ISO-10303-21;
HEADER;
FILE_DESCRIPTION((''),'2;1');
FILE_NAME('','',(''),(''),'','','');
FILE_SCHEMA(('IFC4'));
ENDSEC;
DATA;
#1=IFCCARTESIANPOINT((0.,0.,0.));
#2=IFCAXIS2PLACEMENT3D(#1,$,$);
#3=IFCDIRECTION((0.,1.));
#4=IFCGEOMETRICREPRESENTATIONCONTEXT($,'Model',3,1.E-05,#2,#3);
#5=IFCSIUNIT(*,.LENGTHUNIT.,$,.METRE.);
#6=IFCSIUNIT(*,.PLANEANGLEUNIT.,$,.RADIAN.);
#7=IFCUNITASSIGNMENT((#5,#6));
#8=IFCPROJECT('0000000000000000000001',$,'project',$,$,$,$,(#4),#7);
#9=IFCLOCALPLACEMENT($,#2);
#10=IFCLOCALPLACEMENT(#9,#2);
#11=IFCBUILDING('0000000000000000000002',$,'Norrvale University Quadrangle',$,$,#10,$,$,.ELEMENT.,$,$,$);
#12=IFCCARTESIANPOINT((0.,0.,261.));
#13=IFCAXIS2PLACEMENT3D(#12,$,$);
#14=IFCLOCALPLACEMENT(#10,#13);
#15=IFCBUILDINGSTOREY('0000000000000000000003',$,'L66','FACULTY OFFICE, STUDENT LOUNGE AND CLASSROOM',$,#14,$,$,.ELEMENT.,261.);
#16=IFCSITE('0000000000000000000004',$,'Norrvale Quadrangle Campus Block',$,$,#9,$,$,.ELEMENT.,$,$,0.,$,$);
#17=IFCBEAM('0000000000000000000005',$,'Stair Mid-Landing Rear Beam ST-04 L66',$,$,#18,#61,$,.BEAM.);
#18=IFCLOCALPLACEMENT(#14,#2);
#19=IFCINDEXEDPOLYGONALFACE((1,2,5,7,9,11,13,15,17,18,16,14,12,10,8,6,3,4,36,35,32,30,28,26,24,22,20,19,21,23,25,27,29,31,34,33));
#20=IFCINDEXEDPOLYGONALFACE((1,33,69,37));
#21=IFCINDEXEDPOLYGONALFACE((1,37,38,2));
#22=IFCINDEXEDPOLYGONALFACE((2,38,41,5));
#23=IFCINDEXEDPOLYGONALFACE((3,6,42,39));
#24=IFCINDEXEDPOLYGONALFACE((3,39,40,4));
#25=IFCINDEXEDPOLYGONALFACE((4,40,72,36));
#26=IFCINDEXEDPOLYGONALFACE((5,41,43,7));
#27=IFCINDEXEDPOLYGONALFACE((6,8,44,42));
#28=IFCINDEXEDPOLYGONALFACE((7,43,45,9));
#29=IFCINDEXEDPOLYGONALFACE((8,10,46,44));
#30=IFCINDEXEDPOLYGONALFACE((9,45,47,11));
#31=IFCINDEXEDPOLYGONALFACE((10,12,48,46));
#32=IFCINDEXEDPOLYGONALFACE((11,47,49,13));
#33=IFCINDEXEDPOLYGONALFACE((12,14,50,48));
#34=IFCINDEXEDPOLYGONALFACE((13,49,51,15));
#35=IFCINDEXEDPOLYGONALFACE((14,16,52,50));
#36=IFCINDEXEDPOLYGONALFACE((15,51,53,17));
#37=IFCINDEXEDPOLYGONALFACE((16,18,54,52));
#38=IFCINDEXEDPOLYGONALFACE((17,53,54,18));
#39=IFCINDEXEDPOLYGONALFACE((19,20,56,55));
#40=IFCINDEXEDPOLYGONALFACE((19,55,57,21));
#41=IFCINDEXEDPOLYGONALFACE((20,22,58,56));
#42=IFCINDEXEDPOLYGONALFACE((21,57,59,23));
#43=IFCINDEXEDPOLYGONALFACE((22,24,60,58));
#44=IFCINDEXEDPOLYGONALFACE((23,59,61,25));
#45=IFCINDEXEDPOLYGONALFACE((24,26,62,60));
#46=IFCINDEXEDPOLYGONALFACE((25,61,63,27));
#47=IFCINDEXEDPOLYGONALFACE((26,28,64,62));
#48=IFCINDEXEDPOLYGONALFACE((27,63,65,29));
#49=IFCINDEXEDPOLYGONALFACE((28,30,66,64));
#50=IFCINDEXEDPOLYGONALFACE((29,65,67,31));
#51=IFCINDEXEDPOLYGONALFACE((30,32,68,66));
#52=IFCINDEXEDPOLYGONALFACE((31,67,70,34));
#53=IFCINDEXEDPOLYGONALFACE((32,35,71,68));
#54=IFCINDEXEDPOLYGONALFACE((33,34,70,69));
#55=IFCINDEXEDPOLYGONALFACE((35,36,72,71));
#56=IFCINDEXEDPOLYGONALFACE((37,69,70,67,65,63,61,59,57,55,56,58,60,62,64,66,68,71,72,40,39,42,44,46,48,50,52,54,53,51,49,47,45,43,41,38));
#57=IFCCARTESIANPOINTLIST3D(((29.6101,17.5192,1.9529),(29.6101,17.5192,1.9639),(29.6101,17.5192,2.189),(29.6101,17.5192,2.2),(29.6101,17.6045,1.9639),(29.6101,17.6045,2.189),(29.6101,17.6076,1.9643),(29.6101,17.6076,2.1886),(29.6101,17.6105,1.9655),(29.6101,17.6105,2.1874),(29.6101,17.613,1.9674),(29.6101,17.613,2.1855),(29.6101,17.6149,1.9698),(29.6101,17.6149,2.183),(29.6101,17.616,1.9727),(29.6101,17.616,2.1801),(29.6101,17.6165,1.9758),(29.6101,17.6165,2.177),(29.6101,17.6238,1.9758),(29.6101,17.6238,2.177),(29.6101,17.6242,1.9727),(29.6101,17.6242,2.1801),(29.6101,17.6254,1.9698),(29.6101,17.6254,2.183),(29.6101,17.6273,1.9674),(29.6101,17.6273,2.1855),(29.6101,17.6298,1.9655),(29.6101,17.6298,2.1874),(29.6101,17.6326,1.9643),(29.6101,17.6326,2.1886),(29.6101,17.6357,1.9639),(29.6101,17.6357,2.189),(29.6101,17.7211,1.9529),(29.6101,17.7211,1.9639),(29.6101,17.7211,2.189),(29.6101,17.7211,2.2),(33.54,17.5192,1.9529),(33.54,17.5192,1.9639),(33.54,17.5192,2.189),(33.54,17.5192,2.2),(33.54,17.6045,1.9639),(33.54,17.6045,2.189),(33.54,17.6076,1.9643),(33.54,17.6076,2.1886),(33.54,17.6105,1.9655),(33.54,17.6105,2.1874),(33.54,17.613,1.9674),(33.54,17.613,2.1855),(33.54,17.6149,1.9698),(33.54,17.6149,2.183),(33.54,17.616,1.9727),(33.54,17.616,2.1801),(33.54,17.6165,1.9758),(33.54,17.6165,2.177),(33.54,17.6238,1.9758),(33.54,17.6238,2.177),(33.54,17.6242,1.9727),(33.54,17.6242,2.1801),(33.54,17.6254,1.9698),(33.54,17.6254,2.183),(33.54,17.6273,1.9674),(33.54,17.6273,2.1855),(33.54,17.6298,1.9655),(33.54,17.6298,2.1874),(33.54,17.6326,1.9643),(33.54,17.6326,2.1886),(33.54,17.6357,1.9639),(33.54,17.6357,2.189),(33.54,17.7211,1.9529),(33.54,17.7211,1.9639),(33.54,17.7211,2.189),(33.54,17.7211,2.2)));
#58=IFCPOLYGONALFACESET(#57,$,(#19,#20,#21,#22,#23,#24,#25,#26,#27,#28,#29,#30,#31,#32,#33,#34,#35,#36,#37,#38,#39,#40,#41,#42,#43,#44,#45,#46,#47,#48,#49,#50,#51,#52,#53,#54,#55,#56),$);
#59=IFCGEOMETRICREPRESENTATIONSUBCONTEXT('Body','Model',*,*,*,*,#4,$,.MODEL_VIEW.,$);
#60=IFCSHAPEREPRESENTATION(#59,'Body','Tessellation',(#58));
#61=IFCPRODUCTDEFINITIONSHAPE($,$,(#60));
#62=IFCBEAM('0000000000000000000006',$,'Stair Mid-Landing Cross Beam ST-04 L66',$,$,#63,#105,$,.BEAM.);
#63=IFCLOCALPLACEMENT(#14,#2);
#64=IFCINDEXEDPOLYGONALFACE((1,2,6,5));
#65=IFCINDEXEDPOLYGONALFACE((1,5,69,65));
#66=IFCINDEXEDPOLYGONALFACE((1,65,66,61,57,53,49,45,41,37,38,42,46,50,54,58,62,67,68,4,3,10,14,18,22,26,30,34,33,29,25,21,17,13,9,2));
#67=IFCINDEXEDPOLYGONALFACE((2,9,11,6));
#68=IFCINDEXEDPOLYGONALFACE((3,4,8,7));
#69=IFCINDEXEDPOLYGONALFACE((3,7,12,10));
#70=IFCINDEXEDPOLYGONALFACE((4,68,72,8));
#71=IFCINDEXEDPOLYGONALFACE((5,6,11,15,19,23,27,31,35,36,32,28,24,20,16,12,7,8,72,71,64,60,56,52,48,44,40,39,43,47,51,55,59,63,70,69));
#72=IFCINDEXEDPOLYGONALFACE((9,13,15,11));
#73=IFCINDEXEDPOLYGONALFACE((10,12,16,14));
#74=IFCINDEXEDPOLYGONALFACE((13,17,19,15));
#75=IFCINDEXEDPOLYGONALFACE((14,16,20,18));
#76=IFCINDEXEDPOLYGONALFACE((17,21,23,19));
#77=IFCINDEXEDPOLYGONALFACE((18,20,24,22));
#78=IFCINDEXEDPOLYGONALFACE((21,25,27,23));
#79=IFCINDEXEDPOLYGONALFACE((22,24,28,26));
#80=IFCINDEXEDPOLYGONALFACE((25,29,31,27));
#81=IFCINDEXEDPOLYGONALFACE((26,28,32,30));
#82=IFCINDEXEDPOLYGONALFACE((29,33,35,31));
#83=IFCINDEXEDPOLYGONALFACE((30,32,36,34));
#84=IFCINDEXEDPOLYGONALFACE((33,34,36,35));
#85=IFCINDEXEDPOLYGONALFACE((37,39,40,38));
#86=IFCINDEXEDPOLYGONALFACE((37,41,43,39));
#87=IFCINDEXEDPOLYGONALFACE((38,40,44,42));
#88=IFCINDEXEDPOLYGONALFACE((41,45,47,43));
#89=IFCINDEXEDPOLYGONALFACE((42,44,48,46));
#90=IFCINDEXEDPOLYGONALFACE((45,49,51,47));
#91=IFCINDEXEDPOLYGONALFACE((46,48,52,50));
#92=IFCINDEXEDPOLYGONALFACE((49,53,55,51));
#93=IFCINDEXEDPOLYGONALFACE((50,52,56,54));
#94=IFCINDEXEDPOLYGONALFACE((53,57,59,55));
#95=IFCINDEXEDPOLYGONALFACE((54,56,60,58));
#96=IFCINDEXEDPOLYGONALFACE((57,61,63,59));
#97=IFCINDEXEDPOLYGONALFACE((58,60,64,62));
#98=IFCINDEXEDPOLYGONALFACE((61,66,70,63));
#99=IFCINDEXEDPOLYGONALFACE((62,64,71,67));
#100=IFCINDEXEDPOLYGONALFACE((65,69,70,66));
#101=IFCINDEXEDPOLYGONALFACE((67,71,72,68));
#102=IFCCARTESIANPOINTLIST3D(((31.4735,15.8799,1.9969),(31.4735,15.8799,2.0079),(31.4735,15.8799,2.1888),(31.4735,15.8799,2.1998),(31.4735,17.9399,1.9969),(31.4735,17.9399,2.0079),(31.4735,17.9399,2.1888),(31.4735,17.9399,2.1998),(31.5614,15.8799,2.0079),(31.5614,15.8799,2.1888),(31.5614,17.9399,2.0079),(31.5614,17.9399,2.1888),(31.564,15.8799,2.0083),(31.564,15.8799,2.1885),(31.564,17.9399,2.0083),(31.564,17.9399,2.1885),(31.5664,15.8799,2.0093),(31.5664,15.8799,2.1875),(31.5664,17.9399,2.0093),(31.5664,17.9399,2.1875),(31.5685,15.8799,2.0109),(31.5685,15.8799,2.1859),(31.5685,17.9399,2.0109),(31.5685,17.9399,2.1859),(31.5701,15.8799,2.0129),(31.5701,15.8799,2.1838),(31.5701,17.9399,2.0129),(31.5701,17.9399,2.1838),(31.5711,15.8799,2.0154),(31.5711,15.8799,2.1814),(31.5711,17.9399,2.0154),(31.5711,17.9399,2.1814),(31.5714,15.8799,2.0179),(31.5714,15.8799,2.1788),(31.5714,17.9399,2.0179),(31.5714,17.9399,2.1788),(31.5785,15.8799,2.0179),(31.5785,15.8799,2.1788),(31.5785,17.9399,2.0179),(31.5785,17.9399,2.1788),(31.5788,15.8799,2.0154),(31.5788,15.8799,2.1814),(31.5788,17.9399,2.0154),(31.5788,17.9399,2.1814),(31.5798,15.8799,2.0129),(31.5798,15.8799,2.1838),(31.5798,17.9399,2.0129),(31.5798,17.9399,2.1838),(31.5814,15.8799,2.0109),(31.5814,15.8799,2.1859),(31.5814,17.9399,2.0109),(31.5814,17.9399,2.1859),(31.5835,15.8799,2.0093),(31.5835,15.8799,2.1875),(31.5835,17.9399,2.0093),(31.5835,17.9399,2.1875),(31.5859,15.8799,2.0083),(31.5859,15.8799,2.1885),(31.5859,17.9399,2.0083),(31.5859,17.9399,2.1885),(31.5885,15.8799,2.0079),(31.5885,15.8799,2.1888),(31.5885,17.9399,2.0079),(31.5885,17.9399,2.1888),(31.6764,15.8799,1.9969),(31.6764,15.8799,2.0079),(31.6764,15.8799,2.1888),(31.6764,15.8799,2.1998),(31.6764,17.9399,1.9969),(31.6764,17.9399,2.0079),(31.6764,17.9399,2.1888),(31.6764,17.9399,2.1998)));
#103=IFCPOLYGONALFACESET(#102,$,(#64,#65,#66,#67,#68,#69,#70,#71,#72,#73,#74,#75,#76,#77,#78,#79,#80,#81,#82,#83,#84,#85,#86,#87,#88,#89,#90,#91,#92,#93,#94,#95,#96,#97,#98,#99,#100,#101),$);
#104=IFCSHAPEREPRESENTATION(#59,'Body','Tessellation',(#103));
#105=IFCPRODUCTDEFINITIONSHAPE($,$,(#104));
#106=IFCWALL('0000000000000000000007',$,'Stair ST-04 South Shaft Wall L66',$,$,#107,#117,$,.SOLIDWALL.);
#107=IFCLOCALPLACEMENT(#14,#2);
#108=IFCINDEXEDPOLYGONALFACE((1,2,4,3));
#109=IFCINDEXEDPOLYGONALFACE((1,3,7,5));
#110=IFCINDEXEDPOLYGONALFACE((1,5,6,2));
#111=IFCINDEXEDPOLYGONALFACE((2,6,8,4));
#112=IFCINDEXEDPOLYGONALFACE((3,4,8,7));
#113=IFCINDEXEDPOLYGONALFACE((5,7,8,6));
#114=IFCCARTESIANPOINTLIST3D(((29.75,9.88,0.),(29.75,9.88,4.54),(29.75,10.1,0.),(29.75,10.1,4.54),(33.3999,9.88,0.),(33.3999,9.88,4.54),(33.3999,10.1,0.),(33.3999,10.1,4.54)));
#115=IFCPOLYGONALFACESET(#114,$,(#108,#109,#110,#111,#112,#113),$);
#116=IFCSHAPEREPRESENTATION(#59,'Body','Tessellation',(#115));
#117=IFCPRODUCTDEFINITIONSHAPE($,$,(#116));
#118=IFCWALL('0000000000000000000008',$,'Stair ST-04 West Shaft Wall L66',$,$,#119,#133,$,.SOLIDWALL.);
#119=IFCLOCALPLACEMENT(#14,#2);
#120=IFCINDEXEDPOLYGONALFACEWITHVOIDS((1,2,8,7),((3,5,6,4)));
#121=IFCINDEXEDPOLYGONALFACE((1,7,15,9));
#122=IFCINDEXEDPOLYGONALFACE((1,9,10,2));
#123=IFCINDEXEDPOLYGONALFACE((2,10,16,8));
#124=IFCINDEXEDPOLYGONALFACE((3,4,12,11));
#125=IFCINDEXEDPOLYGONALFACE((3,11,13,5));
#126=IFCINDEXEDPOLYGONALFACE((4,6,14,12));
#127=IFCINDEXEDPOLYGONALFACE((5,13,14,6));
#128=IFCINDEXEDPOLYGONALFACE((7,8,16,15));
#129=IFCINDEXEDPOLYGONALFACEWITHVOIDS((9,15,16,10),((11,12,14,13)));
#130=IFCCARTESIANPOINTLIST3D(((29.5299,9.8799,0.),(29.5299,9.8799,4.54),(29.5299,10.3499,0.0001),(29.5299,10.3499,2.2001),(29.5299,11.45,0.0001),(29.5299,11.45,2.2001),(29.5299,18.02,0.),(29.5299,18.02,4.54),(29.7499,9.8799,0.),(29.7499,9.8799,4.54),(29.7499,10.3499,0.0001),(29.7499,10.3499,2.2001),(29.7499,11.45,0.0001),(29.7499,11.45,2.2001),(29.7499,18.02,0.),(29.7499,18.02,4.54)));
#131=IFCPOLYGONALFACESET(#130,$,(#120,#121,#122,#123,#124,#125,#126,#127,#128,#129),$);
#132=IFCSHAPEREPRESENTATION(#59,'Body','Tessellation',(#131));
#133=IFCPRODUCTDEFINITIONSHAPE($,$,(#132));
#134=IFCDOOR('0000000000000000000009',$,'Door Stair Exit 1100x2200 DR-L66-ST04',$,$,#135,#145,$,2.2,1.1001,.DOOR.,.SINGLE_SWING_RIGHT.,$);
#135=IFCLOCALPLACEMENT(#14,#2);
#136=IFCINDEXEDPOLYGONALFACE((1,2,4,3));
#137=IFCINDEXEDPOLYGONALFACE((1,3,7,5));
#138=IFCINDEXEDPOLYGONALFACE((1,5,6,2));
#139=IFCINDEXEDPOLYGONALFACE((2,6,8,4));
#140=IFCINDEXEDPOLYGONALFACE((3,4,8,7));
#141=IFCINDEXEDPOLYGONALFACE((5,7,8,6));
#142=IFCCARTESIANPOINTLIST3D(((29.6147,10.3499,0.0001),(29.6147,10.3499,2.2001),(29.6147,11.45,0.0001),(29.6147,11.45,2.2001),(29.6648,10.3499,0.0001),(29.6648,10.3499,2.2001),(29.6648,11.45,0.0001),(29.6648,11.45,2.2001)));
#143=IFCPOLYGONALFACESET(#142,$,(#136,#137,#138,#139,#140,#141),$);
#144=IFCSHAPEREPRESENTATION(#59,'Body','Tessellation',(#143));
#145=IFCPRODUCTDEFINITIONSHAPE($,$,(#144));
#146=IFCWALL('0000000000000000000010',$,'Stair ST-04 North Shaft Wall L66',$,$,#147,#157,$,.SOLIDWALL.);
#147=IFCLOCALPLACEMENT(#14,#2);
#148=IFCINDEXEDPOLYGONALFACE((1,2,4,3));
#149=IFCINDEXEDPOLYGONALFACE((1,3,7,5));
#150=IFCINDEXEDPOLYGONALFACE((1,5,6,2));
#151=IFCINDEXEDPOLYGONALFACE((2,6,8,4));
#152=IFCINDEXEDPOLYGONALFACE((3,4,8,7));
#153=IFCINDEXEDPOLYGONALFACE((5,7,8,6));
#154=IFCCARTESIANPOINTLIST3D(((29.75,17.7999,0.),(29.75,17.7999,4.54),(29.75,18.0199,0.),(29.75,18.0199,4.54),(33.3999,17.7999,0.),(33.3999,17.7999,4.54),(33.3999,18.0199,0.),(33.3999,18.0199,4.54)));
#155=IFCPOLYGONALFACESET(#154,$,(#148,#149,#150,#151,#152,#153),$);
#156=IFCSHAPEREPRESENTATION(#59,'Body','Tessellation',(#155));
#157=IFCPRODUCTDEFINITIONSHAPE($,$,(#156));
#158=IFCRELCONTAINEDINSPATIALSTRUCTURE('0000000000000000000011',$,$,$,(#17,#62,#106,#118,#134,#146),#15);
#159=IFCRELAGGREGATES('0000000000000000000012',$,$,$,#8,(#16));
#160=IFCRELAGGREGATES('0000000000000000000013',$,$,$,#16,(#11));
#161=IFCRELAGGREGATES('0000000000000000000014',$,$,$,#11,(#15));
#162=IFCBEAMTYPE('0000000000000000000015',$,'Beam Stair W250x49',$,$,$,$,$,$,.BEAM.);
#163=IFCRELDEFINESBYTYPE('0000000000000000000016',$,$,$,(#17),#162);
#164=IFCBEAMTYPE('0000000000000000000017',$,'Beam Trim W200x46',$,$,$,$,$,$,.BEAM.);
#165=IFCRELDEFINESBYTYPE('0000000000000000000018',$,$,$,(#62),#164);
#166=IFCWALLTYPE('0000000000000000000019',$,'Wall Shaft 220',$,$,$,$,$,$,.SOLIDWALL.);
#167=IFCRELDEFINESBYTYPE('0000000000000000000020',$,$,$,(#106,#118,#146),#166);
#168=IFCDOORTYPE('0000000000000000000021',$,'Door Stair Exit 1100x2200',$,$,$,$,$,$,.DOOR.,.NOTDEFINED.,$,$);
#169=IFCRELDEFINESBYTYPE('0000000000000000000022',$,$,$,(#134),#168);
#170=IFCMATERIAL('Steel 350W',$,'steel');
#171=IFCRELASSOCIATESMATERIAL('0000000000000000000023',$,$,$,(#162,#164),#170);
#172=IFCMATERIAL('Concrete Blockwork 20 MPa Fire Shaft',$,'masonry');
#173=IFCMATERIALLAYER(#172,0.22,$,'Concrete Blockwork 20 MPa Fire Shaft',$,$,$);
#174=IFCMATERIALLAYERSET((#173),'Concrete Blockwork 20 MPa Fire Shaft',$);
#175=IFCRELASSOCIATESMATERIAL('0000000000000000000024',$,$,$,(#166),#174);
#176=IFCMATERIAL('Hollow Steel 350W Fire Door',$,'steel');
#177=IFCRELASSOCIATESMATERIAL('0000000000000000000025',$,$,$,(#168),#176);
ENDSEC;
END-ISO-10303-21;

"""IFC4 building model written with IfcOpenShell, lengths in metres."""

from ifc_helpers import new_model, si_unit, direction, frame, frame_2d, origin, origin_2d, place, context, subcontext, project, spatial, rectangle, i_section, extrude, material, layer, layer_set, material_profile, profile_set, type_object, element, fill, save


model = new_model("IFC4")

# Units and contexts
model_context = context("Model", 3, precision=1e-05, world=origin(), true_north=direction((0.0, 1.0)))
body_context = subcontext(model_context, "Body", "Model", "MODEL_VIEW")
ifc_project = project(units=[si_unit("LENGTHUNIT", "METRE"), si_unit("PLANEANGLEUNIT", "RADIAN")], contexts=[model_context])

# Site, building, storey
site_placement = place(None, origin())
site = spatial("IfcSite", under=ifc_project, at=site_placement, Name="Norrvale Quadrangle Campus Block", CompositionType="ELEMENT", RefElevation=0.0)
building_placement = place(site_placement, origin())
building = spatial("IfcBuilding", under=site, at=building_placement, Name="Norrvale University Quadrangle", CompositionType="ELEMENT")
storey_placement = place(building_placement, frame((0.0, 0.0, 261.0)))
storey = spatial("IfcBuildingStorey", under=building, at=storey_placement, Name="L66", Description="FACULTY OFFICE, STUDENT LOUNGE AND CLASSROOM", CompositionType="ELEMENT", Elevation=261.0)

# Beams
ifc_material_1 = material(Name="Steel 350W", Category="steel")
ifc_material_profile_1 = material_profile(ifc_material_1, i_section(OverallWidth=0.2019, OverallDepth=0.2471, WebThickness=0.0073, FlangeThickness=0.011, FilletRadius=0.012, at=origin_2d()), Name="Steel 350W")
ifc_profile_set_1 = profile_set([ifc_material_profile_1], Name="Steel 350W")
beam_type_1 = type_object("IfcBeamType", Name="Beam Stair W250x49", PredefinedType="BEAM", material=ifc_profile_set_1)
for number, where, z_axis, x_axis, name in (
    (1, (29.6101, 17.6201, 2.0764), (1.0, 0.0, 0.0), (0.0, 1.0, 0.0), "Stair Mid-Landing Rear Beam ST-04 L66"),
):
    element("IfcBeam", number, at=place(storey_placement, frame(where, z_axis=z_axis, x_axis=x_axis)), inside=storey, type_object=beam_type_1, Name=name, PredefinedType="BEAM", context=body_context, shape_type="SweptSolid", body=[
        extrude(i_section(OverallWidth=0.2019, OverallDepth=0.2471, WebThickness=0.0073, FlangeThickness=0.011, FilletRadius=0.012, at=origin_2d()), origin(), (0.0, 0.0, 1.0), 3.9299),
    ])
ifc_material_profile_2 = material_profile(ifc_material_1, i_section(OverallWidth=0.2029, OverallDepth=0.2029, WebThickness=0.0071, FlangeThickness=0.011, FilletRadius=0.01, at=origin_2d()), Name="Steel 350W")
ifc_profile_set_2 = profile_set([ifc_material_profile_2], Name="Steel 350W")
beam_type_2 = type_object("IfcBeamType", Name="Beam Trim W200x46", PredefinedType="BEAM", material=ifc_profile_set_2)
beam_1_placement = place(storey_placement, frame((31.575, 15.8799, 2.0984), z_axis=(0.0, 1.0, 0.0), x_axis=(-1.0, 0.0, 0.0)))
element("IfcBeam", 2, at=beam_1_placement, inside=storey, type_object=beam_type_2, Name="Stair Mid-Landing Cross Beam ST-04 L66", PredefinedType="BEAM", context=body_context, shape_type="SweptSolid", body=[
    extrude(i_section(OverallWidth=0.2029, OverallDepth=0.2029, WebThickness=0.0071, FlangeThickness=0.011, FilletRadius=0.01, at=origin_2d()), origin(), (0.0, 0.0, 1.0), 2.0601),
])

# Wall
ifc_material_2 = material(Name="Concrete Blockwork 20 MPa Fire Shaft", Category="masonry")
ifc_layer = layer(ifc_material_2, 0.22, Name="Concrete Blockwork 20 MPa Fire Shaft")
ifc_layer_set = layer_set([ifc_layer], Name="Concrete Blockwork 20 MPa Fire Shaft")
wall_type = type_object("IfcWallType", Name="Wall Shaft 220", PredefinedType="SOLIDWALL", material=ifc_layer_set)
wall_1_placement = place(storey_placement, frame((29.75, 9.99, 0.0), z_axis=(0.0, 0.0, 1.0), x_axis=(1.0, 0.0, 0.0)))
element("IfcWall", 3, at=wall_1_placement, inside=storey, type_object=wall_type, Name="Stair ST-04 South Shaft Wall L66", PredefinedType="SOLIDWALL", context=body_context, shape_type="SweptSolid", body=[
    extrude(rectangle(XDim=3.6499, YDim=0.22, at=frame_2d((1.825, 0.0))), origin(), (0.0, 0.0, 1.0), 4.54),
])

# Wall, opening, door
wall_2_placement = place(storey_placement, frame((29.6399, 9.8799, 0.0), z_axis=(0.0, 0.0, 1.0), x_axis=(0.0, 1.0, 0.0)))
wall_2 = element("IfcWall", 4, at=wall_2_placement, inside=storey, type_object=wall_type, Name="Stair ST-04 West Shaft Wall L66", PredefinedType="SOLIDWALL", context=body_context, shape_type="SweptSolid", body=[
    extrude(rectangle(XDim=8.1401, YDim=0.22, at=frame_2d((4.0701, 0.0))), origin(), (0.0, 0.0, 1.0), 4.54),
])
opening_placement = place(wall_2_placement, frame((0.47, 0.0, 0.0)))
opening = element("IfcOpeningElement", 5, at=opening_placement, cuts=wall_2, PredefinedType="OPENING", context=body_context, shape_type="SweptSolid", body=[
    extrude(rectangle(XDim=1.1001, YDim=2.2, at=frame_2d((0.55, 1.1001))), frame((0.0, 0.1221, 0.0), z_axis=(0.0, -1.0, 0.0), x_axis=(1.0, 0.0, 0.0)), (0.0, 0.0, 1.0), 0.2439),
])
ifc_material_3 = material(Name="Hollow Steel 350W Fire Door", Category="steel")
door_type = type_object("IfcDoorType", Name="Door Stair Exit 1100x2200", OperationType="NOTDEFINED", PredefinedType="DOOR", material=ifc_material_3)
door_placement = place(opening_placement, frame((1.1001, 0.0, 0.0), z_axis=(0.0, 0.0, 1.0), x_axis=(-1.0, 0.0, 0.0)))
door = element("IfcDoor", 6, at=door_placement, inside=storey, type_object=door_type, Name="Door Stair Exit 1100x2200 DR-L66-ST04", OperationType="SINGLE_SWING_RIGHT", OverallHeight=2.2, OverallWidth=1.1001, PredefinedType="DOOR", context=body_context, shape_type="SweptSolid", body=[
    extrude(rectangle(XDim=1.1001, YDim=2.2, at=frame_2d((0.55, 1.1001))), frame((0.0, 0.0249, 0.0), z_axis=(0.0, -1.0, 0.0), x_axis=(1.0, 0.0, 0.0)), (0.0, 0.0, 1.0), 0.05),
])
fill(opening, door)

# Wall
wall_3_placement = place(storey_placement, frame((29.75, 17.9099, 0.0), z_axis=(0.0, 0.0, 1.0), x_axis=(1.0, 0.0, 0.0)))
element("IfcWall", 7, at=wall_3_placement, inside=storey, type_object=wall_type, Name="Stair ST-04 North Shaft Wall L66", PredefinedType="SOLIDWALL", context=body_context, shape_type="SweptSolid", body=[
    extrude(rectangle(XDim=3.6499, YDim=0.22, at=frame_2d((1.825, 0.0))), origin(), (0.0, 0.0, 1.0), 4.54),
])

save(model, "model.ifc")
